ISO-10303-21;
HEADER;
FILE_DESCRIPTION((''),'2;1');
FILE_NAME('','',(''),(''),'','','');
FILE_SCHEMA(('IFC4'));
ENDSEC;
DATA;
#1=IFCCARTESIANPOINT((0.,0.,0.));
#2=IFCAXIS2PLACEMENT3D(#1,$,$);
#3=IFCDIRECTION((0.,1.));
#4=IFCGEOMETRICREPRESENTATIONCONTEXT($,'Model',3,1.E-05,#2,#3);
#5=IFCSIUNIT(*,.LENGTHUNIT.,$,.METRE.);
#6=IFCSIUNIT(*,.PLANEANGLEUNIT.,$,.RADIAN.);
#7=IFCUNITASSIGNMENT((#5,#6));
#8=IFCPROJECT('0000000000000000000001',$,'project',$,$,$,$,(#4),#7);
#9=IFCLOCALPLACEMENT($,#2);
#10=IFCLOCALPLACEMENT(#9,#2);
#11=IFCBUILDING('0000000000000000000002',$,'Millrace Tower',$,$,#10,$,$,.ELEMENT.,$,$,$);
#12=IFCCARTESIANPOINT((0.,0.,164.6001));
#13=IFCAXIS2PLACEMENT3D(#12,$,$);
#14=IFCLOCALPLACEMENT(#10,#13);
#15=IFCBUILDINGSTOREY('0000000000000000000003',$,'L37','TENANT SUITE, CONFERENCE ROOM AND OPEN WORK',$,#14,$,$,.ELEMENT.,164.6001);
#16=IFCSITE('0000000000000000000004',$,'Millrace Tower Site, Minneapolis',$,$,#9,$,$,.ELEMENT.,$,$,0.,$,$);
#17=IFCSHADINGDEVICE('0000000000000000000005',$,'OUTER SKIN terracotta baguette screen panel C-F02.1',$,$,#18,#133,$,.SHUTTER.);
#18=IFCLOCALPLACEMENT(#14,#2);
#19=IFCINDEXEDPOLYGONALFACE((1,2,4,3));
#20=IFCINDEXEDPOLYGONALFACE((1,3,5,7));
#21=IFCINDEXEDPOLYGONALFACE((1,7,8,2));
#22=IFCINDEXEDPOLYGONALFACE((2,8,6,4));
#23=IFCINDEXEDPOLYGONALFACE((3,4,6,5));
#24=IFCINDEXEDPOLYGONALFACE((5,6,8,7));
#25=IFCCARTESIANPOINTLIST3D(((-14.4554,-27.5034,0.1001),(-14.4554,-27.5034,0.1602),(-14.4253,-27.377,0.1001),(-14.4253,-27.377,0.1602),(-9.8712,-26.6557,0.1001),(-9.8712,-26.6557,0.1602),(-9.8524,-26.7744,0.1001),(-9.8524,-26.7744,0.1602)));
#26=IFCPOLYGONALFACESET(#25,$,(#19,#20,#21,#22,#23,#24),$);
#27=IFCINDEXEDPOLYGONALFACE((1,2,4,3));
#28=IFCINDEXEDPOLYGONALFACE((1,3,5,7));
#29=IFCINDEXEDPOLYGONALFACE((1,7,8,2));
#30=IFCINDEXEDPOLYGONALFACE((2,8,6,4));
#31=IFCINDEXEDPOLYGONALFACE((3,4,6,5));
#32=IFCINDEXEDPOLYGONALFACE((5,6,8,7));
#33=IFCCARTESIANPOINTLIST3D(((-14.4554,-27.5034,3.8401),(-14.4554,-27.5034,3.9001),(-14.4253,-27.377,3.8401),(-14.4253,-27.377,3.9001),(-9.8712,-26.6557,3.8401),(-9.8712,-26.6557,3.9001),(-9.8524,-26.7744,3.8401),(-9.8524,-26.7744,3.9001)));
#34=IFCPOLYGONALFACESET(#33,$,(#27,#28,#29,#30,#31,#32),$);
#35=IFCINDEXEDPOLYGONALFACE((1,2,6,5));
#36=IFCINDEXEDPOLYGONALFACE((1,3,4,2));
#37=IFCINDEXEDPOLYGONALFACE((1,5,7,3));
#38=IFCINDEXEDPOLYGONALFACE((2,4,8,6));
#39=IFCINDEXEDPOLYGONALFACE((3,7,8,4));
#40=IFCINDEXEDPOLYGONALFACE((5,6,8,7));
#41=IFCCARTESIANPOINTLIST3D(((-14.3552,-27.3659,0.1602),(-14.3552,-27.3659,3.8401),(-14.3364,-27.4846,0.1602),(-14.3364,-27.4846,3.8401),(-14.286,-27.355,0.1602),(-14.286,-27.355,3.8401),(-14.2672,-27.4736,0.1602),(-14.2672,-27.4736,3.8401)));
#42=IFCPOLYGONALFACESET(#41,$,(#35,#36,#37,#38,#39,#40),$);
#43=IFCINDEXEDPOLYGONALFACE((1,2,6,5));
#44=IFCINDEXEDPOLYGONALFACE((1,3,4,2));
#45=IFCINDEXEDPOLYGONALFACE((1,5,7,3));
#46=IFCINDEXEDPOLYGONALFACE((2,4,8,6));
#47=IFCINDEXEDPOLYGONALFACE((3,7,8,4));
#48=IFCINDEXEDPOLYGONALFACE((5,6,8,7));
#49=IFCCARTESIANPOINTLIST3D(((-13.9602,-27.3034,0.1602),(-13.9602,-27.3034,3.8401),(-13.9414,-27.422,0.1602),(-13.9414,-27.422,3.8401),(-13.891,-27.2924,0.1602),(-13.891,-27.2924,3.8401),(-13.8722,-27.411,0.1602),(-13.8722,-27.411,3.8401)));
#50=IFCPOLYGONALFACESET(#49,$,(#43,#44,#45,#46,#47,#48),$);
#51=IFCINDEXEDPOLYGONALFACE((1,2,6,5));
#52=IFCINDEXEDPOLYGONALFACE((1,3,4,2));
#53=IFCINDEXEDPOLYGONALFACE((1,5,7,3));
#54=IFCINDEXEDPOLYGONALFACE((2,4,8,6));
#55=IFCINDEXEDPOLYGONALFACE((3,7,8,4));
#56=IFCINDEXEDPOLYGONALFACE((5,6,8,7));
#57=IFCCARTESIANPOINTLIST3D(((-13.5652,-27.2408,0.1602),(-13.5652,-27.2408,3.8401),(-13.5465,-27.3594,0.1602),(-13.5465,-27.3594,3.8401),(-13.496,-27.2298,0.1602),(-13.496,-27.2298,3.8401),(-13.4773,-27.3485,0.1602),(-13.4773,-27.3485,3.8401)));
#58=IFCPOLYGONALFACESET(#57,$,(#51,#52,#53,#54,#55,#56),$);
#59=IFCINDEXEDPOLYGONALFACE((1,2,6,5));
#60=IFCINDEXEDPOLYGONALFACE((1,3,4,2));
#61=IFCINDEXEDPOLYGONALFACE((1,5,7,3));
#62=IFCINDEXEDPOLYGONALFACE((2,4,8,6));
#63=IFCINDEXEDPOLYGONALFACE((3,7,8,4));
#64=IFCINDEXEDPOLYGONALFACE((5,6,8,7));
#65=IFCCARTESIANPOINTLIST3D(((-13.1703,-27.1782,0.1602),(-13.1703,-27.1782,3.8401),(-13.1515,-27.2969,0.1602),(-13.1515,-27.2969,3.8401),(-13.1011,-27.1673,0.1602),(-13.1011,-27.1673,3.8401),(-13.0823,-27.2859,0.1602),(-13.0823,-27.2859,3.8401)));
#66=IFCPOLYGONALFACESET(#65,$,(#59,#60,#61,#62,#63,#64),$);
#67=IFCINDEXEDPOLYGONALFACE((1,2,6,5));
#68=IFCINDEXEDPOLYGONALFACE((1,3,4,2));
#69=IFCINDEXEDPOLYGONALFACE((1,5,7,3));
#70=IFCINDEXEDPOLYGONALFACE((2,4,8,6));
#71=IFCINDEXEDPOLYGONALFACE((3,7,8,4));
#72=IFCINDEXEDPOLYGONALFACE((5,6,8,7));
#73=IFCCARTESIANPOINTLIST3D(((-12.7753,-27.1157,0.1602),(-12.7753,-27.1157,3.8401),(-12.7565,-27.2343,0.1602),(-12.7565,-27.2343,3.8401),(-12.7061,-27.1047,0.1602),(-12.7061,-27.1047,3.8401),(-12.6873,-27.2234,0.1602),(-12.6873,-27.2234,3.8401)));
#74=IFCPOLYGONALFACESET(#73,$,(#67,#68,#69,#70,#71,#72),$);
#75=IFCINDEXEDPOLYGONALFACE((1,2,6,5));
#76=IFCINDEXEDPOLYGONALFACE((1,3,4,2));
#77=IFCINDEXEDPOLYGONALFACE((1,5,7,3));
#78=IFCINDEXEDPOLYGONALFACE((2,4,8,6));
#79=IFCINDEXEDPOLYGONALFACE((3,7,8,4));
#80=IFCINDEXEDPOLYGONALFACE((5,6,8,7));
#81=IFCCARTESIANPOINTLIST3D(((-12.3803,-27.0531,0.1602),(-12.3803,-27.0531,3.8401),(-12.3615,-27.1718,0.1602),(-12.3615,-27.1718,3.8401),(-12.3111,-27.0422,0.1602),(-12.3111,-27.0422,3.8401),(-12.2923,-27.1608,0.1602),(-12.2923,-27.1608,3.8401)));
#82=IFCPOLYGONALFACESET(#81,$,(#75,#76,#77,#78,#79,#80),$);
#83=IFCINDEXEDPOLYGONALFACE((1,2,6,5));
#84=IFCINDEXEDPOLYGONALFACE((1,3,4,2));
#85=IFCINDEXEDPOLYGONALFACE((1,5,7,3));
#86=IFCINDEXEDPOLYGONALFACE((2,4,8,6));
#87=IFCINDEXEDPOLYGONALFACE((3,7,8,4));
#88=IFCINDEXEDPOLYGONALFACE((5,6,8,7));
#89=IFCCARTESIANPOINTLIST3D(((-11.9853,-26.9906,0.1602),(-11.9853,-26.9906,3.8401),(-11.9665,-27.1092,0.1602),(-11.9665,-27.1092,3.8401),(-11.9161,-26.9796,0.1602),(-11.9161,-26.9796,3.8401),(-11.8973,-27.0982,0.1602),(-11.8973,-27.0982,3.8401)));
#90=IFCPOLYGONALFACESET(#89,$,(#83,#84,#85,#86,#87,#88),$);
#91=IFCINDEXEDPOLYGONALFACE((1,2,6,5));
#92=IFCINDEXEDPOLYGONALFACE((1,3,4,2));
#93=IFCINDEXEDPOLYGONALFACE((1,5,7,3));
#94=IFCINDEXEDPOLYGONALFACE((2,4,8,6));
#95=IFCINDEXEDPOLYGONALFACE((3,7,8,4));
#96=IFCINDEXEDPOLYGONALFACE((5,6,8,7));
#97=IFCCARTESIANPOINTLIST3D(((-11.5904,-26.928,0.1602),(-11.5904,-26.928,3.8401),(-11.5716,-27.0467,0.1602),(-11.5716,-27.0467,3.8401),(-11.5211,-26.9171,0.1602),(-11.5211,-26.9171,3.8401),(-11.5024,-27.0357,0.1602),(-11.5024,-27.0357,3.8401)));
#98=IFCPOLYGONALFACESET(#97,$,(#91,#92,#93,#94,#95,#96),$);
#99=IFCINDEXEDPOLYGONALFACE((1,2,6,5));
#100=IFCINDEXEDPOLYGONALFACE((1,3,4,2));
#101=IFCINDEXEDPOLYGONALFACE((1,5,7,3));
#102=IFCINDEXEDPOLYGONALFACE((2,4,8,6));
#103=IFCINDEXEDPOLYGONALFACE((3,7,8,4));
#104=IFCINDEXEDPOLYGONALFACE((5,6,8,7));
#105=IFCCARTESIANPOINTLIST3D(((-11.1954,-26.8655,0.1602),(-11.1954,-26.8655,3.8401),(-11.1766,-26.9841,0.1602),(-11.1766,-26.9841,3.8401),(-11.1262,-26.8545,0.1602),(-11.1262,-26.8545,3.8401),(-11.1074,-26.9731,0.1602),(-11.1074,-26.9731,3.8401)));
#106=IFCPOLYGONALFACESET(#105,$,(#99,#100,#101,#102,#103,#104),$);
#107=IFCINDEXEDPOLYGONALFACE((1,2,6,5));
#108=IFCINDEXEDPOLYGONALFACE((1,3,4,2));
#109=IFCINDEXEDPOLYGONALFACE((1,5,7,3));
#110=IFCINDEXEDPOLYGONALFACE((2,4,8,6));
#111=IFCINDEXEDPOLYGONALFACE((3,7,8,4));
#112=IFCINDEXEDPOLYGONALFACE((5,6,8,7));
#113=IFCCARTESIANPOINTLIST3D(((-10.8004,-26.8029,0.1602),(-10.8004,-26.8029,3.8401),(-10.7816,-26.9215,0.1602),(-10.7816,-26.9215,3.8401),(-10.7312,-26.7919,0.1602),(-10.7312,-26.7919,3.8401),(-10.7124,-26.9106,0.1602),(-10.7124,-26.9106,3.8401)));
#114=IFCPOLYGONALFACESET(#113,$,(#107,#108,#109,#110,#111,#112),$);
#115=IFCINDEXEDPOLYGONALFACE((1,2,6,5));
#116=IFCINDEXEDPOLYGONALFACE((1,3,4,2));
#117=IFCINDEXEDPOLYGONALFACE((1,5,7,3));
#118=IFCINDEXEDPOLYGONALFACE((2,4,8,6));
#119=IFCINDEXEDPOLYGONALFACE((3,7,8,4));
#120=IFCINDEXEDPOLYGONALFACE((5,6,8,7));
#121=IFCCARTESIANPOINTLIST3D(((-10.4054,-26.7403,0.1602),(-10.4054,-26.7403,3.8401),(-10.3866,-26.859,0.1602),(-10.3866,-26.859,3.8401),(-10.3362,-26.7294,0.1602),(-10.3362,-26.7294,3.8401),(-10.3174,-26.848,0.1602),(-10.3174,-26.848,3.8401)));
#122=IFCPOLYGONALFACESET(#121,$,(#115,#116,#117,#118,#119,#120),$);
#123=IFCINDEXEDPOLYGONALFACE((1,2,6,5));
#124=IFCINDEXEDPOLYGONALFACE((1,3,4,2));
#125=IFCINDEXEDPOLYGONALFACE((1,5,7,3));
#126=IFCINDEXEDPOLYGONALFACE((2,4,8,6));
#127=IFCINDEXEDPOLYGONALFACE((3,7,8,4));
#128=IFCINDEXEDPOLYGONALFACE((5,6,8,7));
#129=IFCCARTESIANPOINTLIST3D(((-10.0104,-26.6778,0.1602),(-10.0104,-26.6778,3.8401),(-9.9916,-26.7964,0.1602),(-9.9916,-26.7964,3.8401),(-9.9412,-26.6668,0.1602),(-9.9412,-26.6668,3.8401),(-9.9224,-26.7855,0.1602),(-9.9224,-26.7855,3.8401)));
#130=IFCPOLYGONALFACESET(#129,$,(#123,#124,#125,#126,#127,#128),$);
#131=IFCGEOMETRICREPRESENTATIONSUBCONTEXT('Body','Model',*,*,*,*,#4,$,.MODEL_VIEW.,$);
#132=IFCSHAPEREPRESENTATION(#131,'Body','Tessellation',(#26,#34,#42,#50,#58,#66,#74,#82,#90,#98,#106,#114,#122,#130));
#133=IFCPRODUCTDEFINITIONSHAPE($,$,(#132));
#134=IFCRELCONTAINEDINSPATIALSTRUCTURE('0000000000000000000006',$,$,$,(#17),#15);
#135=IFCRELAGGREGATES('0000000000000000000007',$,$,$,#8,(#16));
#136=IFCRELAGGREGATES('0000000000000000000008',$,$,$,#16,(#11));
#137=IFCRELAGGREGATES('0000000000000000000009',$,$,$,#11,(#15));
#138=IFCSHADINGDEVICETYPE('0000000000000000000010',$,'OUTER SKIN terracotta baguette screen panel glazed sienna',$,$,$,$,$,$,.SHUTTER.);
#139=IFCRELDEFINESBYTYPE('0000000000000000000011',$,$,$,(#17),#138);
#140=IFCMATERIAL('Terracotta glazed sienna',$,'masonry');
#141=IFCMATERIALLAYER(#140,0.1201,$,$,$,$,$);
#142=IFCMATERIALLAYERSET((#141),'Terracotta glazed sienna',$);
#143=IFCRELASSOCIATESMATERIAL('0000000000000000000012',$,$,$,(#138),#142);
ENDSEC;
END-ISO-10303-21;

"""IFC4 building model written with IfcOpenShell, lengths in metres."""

from ifc_helpers import new_model, entity, si_unit, direction, frame, frame_2d, origin, place, context, subcontext, project, spatial, rectangle, extrude, source, transform, mapped, material, layer, layer_set, type_object, element, save


model = new_model("IFC4")

# Units and contexts
model_context = context("Model", 3, precision=1e-05, world=origin(), true_north=direction((0.0, 1.0)))
body_context = subcontext(model_context, "Body", "Model", "MODEL_VIEW")
ifc_project = project(units=[si_unit("LENGTHUNIT", "METRE"), si_unit("PLANEANGLEUNIT", "RADIAN")], contexts=[model_context])

# Site, building, storey
site_placement = place(None, origin())
site = spatial("IfcSite", under=ifc_project, at=site_placement, Name="Millrace Tower Site, Minneapolis", CompositionType="ELEMENT", RefElevation=0.0)
building_placement = place(site_placement, origin())
building = spatial("IfcBuilding", under=site, at=building_placement, Name="Millrace Tower", CompositionType="ELEMENT")
storey_placement = place(building_placement, frame((0.0, 0.0, 164.6001)))
storey = spatial("IfcBuildingStorey", under=building, at=storey_placement, Name="L37", Description="TENANT SUITE, CONFERENCE ROOM AND OPEN WORK", CompositionType="ELEMENT", Elevation=164.6001)

# Shading device
ifc_material_1 = material(Name="Terracotta glazed sienna", Category="masonry")
ifc_layer_1 = layer(ifc_material_1, 0.1201)
ifc_layer_set_1 = layer_set([ifc_layer_1], Name="Terracotta glazed sienna")
shading_device_type = type_object("IfcShadingDeviceType", Name="OUTER SKIN terracotta baguette screen panel glazed sienna", PredefinedType="SHUTTER", material=ifc_layer_set_1)
cartesian_point_1 = entity("IfcCartesianPoint", [-2.293, 0.0601])
shared_polyline_1 = entity("IfcPolyline", [cartesian_point_1, entity("IfcCartesianPoint", [2.3179, 0.0601]), entity("IfcCartesianPoint", [2.3179, -0.0601]), entity("IfcCartesianPoint", [-2.3425, -0.0601]), cartesian_point_1])
shared_shape_1 = source(origin(), body_context, "Body", "SweptSolid", [
    entity("IfcExtrudedAreaSolid", entity("IfcArbitraryClosedProfileDef", "AREA", None, shared_polyline_1), entity("IfcAxis2Placement3D", entity("IfcCartesianPoint", [0.0, 0.0, 0.0])), entity("IfcDirection", [0.0, 0.0, 1.0]), 0.0601),
    entity("IfcExtrudedAreaSolid", entity("IfcArbitraryClosedProfileDef", "AREA", None, shared_polyline_1), entity("IfcAxis2Placement3D", entity("IfcCartesianPoint", [0.0, 0.0, 3.74])), entity("IfcDirection", [0.0, 0.0, 1.0]), 0.0601),
    extrude(rectangle(XDim=0.0701, YDim=0.1201, at=frame_2d((-2.187, 0.0))), frame((0.0, 0.0, 0.0601)), (0.0, 0.0, 1.0), 3.6799),
    extrude(rectangle(XDim=0.0701, YDim=0.1201, at=frame_2d((-1.7871, 0.0))), frame((0.0, 0.0, 0.0601)), (0.0, 0.0, 1.0), 3.6799),
    extrude(rectangle(XDim=0.0701, YDim=0.1201, at=frame_2d((-1.3872, 0.0))), frame((0.0, 0.0, 0.0601)), (0.0, 0.0, 1.0), 3.6799),
    extrude(rectangle(XDim=0.0701, YDim=0.1201, at=frame_2d((-0.9873, 0.0))), frame((0.0, 0.0, 0.0601)), (0.0, 0.0, 1.0), 3.6799),
    extrude(rectangle(XDim=0.0701, YDim=0.1201, at=frame_2d((-0.5874, 0.0))), frame((0.0, 0.0, 0.0601)), (0.0, 0.0, 1.0), 3.6799),
    extrude(rectangle(XDim=0.0701, YDim=0.1201, at=frame_2d((-0.1875, 0.0))), frame((0.0, 0.0, 0.0601)), (0.0, 0.0, 1.0), 3.6799),
    extrude(rectangle(XDim=0.0701, YDim=0.1201, at=frame_2d((0.2124, 0.0))), frame((0.0, 0.0, 0.0601)), (0.0, 0.0, 1.0), 3.6799),
    extrude(rectangle(XDim=0.0701, YDim=0.1201, at=frame_2d((0.6123, 0.0))), frame((0.0, 0.0, 0.0601)), (0.0, 0.0, 1.0), 3.6799),
    extrude(rectangle(XDim=0.0701, YDim=0.1201, at=frame_2d((1.0122, 0.0))), frame((0.0, 0.0, 0.0601)), (0.0, 0.0, 1.0), 3.6799),
    extrude(rectangle(XDim=0.0701, YDim=0.1201, at=frame_2d((1.4121, 0.0))), frame((0.0, 0.0, 0.0601)), (0.0, 0.0, 1.0), 3.6799),
    extrude(rectangle(XDim=0.0701, YDim=0.1201, at=frame_2d((1.812, 0.0))), frame((0.0, 0.0, 0.0601)), (0.0, 0.0, 1.0), 3.6799),
    extrude(rectangle(XDim=0.0701, YDim=0.1201, at=frame_2d((2.2119, 0.0))), frame((0.0, 0.0, 0.0601)), (0.0, 0.0, 1.0), 3.6799),
])
shading_device_placement = place(storey_placement, frame((-12.1511, -27.0776, 0.1001), z_axis=(0.0, 0.0, 1.0), x_axis=(0.987688, 0.156434, 0.0)))
element("IfcShadingDevice", 1, at=shading_device_placement, inside=storey, type_object=shading_device_type, Name="OUTER SKIN terracotta baguette screen panel C-F02.1", PredefinedType="SHUTTER", context=body_context, shape_type="MappedRepresentation", body=[
    mapped(shared_shape_1, transform((0.0, 0.0, 0.0), scale=1.0)),
])

save(model, "model.ifc")
